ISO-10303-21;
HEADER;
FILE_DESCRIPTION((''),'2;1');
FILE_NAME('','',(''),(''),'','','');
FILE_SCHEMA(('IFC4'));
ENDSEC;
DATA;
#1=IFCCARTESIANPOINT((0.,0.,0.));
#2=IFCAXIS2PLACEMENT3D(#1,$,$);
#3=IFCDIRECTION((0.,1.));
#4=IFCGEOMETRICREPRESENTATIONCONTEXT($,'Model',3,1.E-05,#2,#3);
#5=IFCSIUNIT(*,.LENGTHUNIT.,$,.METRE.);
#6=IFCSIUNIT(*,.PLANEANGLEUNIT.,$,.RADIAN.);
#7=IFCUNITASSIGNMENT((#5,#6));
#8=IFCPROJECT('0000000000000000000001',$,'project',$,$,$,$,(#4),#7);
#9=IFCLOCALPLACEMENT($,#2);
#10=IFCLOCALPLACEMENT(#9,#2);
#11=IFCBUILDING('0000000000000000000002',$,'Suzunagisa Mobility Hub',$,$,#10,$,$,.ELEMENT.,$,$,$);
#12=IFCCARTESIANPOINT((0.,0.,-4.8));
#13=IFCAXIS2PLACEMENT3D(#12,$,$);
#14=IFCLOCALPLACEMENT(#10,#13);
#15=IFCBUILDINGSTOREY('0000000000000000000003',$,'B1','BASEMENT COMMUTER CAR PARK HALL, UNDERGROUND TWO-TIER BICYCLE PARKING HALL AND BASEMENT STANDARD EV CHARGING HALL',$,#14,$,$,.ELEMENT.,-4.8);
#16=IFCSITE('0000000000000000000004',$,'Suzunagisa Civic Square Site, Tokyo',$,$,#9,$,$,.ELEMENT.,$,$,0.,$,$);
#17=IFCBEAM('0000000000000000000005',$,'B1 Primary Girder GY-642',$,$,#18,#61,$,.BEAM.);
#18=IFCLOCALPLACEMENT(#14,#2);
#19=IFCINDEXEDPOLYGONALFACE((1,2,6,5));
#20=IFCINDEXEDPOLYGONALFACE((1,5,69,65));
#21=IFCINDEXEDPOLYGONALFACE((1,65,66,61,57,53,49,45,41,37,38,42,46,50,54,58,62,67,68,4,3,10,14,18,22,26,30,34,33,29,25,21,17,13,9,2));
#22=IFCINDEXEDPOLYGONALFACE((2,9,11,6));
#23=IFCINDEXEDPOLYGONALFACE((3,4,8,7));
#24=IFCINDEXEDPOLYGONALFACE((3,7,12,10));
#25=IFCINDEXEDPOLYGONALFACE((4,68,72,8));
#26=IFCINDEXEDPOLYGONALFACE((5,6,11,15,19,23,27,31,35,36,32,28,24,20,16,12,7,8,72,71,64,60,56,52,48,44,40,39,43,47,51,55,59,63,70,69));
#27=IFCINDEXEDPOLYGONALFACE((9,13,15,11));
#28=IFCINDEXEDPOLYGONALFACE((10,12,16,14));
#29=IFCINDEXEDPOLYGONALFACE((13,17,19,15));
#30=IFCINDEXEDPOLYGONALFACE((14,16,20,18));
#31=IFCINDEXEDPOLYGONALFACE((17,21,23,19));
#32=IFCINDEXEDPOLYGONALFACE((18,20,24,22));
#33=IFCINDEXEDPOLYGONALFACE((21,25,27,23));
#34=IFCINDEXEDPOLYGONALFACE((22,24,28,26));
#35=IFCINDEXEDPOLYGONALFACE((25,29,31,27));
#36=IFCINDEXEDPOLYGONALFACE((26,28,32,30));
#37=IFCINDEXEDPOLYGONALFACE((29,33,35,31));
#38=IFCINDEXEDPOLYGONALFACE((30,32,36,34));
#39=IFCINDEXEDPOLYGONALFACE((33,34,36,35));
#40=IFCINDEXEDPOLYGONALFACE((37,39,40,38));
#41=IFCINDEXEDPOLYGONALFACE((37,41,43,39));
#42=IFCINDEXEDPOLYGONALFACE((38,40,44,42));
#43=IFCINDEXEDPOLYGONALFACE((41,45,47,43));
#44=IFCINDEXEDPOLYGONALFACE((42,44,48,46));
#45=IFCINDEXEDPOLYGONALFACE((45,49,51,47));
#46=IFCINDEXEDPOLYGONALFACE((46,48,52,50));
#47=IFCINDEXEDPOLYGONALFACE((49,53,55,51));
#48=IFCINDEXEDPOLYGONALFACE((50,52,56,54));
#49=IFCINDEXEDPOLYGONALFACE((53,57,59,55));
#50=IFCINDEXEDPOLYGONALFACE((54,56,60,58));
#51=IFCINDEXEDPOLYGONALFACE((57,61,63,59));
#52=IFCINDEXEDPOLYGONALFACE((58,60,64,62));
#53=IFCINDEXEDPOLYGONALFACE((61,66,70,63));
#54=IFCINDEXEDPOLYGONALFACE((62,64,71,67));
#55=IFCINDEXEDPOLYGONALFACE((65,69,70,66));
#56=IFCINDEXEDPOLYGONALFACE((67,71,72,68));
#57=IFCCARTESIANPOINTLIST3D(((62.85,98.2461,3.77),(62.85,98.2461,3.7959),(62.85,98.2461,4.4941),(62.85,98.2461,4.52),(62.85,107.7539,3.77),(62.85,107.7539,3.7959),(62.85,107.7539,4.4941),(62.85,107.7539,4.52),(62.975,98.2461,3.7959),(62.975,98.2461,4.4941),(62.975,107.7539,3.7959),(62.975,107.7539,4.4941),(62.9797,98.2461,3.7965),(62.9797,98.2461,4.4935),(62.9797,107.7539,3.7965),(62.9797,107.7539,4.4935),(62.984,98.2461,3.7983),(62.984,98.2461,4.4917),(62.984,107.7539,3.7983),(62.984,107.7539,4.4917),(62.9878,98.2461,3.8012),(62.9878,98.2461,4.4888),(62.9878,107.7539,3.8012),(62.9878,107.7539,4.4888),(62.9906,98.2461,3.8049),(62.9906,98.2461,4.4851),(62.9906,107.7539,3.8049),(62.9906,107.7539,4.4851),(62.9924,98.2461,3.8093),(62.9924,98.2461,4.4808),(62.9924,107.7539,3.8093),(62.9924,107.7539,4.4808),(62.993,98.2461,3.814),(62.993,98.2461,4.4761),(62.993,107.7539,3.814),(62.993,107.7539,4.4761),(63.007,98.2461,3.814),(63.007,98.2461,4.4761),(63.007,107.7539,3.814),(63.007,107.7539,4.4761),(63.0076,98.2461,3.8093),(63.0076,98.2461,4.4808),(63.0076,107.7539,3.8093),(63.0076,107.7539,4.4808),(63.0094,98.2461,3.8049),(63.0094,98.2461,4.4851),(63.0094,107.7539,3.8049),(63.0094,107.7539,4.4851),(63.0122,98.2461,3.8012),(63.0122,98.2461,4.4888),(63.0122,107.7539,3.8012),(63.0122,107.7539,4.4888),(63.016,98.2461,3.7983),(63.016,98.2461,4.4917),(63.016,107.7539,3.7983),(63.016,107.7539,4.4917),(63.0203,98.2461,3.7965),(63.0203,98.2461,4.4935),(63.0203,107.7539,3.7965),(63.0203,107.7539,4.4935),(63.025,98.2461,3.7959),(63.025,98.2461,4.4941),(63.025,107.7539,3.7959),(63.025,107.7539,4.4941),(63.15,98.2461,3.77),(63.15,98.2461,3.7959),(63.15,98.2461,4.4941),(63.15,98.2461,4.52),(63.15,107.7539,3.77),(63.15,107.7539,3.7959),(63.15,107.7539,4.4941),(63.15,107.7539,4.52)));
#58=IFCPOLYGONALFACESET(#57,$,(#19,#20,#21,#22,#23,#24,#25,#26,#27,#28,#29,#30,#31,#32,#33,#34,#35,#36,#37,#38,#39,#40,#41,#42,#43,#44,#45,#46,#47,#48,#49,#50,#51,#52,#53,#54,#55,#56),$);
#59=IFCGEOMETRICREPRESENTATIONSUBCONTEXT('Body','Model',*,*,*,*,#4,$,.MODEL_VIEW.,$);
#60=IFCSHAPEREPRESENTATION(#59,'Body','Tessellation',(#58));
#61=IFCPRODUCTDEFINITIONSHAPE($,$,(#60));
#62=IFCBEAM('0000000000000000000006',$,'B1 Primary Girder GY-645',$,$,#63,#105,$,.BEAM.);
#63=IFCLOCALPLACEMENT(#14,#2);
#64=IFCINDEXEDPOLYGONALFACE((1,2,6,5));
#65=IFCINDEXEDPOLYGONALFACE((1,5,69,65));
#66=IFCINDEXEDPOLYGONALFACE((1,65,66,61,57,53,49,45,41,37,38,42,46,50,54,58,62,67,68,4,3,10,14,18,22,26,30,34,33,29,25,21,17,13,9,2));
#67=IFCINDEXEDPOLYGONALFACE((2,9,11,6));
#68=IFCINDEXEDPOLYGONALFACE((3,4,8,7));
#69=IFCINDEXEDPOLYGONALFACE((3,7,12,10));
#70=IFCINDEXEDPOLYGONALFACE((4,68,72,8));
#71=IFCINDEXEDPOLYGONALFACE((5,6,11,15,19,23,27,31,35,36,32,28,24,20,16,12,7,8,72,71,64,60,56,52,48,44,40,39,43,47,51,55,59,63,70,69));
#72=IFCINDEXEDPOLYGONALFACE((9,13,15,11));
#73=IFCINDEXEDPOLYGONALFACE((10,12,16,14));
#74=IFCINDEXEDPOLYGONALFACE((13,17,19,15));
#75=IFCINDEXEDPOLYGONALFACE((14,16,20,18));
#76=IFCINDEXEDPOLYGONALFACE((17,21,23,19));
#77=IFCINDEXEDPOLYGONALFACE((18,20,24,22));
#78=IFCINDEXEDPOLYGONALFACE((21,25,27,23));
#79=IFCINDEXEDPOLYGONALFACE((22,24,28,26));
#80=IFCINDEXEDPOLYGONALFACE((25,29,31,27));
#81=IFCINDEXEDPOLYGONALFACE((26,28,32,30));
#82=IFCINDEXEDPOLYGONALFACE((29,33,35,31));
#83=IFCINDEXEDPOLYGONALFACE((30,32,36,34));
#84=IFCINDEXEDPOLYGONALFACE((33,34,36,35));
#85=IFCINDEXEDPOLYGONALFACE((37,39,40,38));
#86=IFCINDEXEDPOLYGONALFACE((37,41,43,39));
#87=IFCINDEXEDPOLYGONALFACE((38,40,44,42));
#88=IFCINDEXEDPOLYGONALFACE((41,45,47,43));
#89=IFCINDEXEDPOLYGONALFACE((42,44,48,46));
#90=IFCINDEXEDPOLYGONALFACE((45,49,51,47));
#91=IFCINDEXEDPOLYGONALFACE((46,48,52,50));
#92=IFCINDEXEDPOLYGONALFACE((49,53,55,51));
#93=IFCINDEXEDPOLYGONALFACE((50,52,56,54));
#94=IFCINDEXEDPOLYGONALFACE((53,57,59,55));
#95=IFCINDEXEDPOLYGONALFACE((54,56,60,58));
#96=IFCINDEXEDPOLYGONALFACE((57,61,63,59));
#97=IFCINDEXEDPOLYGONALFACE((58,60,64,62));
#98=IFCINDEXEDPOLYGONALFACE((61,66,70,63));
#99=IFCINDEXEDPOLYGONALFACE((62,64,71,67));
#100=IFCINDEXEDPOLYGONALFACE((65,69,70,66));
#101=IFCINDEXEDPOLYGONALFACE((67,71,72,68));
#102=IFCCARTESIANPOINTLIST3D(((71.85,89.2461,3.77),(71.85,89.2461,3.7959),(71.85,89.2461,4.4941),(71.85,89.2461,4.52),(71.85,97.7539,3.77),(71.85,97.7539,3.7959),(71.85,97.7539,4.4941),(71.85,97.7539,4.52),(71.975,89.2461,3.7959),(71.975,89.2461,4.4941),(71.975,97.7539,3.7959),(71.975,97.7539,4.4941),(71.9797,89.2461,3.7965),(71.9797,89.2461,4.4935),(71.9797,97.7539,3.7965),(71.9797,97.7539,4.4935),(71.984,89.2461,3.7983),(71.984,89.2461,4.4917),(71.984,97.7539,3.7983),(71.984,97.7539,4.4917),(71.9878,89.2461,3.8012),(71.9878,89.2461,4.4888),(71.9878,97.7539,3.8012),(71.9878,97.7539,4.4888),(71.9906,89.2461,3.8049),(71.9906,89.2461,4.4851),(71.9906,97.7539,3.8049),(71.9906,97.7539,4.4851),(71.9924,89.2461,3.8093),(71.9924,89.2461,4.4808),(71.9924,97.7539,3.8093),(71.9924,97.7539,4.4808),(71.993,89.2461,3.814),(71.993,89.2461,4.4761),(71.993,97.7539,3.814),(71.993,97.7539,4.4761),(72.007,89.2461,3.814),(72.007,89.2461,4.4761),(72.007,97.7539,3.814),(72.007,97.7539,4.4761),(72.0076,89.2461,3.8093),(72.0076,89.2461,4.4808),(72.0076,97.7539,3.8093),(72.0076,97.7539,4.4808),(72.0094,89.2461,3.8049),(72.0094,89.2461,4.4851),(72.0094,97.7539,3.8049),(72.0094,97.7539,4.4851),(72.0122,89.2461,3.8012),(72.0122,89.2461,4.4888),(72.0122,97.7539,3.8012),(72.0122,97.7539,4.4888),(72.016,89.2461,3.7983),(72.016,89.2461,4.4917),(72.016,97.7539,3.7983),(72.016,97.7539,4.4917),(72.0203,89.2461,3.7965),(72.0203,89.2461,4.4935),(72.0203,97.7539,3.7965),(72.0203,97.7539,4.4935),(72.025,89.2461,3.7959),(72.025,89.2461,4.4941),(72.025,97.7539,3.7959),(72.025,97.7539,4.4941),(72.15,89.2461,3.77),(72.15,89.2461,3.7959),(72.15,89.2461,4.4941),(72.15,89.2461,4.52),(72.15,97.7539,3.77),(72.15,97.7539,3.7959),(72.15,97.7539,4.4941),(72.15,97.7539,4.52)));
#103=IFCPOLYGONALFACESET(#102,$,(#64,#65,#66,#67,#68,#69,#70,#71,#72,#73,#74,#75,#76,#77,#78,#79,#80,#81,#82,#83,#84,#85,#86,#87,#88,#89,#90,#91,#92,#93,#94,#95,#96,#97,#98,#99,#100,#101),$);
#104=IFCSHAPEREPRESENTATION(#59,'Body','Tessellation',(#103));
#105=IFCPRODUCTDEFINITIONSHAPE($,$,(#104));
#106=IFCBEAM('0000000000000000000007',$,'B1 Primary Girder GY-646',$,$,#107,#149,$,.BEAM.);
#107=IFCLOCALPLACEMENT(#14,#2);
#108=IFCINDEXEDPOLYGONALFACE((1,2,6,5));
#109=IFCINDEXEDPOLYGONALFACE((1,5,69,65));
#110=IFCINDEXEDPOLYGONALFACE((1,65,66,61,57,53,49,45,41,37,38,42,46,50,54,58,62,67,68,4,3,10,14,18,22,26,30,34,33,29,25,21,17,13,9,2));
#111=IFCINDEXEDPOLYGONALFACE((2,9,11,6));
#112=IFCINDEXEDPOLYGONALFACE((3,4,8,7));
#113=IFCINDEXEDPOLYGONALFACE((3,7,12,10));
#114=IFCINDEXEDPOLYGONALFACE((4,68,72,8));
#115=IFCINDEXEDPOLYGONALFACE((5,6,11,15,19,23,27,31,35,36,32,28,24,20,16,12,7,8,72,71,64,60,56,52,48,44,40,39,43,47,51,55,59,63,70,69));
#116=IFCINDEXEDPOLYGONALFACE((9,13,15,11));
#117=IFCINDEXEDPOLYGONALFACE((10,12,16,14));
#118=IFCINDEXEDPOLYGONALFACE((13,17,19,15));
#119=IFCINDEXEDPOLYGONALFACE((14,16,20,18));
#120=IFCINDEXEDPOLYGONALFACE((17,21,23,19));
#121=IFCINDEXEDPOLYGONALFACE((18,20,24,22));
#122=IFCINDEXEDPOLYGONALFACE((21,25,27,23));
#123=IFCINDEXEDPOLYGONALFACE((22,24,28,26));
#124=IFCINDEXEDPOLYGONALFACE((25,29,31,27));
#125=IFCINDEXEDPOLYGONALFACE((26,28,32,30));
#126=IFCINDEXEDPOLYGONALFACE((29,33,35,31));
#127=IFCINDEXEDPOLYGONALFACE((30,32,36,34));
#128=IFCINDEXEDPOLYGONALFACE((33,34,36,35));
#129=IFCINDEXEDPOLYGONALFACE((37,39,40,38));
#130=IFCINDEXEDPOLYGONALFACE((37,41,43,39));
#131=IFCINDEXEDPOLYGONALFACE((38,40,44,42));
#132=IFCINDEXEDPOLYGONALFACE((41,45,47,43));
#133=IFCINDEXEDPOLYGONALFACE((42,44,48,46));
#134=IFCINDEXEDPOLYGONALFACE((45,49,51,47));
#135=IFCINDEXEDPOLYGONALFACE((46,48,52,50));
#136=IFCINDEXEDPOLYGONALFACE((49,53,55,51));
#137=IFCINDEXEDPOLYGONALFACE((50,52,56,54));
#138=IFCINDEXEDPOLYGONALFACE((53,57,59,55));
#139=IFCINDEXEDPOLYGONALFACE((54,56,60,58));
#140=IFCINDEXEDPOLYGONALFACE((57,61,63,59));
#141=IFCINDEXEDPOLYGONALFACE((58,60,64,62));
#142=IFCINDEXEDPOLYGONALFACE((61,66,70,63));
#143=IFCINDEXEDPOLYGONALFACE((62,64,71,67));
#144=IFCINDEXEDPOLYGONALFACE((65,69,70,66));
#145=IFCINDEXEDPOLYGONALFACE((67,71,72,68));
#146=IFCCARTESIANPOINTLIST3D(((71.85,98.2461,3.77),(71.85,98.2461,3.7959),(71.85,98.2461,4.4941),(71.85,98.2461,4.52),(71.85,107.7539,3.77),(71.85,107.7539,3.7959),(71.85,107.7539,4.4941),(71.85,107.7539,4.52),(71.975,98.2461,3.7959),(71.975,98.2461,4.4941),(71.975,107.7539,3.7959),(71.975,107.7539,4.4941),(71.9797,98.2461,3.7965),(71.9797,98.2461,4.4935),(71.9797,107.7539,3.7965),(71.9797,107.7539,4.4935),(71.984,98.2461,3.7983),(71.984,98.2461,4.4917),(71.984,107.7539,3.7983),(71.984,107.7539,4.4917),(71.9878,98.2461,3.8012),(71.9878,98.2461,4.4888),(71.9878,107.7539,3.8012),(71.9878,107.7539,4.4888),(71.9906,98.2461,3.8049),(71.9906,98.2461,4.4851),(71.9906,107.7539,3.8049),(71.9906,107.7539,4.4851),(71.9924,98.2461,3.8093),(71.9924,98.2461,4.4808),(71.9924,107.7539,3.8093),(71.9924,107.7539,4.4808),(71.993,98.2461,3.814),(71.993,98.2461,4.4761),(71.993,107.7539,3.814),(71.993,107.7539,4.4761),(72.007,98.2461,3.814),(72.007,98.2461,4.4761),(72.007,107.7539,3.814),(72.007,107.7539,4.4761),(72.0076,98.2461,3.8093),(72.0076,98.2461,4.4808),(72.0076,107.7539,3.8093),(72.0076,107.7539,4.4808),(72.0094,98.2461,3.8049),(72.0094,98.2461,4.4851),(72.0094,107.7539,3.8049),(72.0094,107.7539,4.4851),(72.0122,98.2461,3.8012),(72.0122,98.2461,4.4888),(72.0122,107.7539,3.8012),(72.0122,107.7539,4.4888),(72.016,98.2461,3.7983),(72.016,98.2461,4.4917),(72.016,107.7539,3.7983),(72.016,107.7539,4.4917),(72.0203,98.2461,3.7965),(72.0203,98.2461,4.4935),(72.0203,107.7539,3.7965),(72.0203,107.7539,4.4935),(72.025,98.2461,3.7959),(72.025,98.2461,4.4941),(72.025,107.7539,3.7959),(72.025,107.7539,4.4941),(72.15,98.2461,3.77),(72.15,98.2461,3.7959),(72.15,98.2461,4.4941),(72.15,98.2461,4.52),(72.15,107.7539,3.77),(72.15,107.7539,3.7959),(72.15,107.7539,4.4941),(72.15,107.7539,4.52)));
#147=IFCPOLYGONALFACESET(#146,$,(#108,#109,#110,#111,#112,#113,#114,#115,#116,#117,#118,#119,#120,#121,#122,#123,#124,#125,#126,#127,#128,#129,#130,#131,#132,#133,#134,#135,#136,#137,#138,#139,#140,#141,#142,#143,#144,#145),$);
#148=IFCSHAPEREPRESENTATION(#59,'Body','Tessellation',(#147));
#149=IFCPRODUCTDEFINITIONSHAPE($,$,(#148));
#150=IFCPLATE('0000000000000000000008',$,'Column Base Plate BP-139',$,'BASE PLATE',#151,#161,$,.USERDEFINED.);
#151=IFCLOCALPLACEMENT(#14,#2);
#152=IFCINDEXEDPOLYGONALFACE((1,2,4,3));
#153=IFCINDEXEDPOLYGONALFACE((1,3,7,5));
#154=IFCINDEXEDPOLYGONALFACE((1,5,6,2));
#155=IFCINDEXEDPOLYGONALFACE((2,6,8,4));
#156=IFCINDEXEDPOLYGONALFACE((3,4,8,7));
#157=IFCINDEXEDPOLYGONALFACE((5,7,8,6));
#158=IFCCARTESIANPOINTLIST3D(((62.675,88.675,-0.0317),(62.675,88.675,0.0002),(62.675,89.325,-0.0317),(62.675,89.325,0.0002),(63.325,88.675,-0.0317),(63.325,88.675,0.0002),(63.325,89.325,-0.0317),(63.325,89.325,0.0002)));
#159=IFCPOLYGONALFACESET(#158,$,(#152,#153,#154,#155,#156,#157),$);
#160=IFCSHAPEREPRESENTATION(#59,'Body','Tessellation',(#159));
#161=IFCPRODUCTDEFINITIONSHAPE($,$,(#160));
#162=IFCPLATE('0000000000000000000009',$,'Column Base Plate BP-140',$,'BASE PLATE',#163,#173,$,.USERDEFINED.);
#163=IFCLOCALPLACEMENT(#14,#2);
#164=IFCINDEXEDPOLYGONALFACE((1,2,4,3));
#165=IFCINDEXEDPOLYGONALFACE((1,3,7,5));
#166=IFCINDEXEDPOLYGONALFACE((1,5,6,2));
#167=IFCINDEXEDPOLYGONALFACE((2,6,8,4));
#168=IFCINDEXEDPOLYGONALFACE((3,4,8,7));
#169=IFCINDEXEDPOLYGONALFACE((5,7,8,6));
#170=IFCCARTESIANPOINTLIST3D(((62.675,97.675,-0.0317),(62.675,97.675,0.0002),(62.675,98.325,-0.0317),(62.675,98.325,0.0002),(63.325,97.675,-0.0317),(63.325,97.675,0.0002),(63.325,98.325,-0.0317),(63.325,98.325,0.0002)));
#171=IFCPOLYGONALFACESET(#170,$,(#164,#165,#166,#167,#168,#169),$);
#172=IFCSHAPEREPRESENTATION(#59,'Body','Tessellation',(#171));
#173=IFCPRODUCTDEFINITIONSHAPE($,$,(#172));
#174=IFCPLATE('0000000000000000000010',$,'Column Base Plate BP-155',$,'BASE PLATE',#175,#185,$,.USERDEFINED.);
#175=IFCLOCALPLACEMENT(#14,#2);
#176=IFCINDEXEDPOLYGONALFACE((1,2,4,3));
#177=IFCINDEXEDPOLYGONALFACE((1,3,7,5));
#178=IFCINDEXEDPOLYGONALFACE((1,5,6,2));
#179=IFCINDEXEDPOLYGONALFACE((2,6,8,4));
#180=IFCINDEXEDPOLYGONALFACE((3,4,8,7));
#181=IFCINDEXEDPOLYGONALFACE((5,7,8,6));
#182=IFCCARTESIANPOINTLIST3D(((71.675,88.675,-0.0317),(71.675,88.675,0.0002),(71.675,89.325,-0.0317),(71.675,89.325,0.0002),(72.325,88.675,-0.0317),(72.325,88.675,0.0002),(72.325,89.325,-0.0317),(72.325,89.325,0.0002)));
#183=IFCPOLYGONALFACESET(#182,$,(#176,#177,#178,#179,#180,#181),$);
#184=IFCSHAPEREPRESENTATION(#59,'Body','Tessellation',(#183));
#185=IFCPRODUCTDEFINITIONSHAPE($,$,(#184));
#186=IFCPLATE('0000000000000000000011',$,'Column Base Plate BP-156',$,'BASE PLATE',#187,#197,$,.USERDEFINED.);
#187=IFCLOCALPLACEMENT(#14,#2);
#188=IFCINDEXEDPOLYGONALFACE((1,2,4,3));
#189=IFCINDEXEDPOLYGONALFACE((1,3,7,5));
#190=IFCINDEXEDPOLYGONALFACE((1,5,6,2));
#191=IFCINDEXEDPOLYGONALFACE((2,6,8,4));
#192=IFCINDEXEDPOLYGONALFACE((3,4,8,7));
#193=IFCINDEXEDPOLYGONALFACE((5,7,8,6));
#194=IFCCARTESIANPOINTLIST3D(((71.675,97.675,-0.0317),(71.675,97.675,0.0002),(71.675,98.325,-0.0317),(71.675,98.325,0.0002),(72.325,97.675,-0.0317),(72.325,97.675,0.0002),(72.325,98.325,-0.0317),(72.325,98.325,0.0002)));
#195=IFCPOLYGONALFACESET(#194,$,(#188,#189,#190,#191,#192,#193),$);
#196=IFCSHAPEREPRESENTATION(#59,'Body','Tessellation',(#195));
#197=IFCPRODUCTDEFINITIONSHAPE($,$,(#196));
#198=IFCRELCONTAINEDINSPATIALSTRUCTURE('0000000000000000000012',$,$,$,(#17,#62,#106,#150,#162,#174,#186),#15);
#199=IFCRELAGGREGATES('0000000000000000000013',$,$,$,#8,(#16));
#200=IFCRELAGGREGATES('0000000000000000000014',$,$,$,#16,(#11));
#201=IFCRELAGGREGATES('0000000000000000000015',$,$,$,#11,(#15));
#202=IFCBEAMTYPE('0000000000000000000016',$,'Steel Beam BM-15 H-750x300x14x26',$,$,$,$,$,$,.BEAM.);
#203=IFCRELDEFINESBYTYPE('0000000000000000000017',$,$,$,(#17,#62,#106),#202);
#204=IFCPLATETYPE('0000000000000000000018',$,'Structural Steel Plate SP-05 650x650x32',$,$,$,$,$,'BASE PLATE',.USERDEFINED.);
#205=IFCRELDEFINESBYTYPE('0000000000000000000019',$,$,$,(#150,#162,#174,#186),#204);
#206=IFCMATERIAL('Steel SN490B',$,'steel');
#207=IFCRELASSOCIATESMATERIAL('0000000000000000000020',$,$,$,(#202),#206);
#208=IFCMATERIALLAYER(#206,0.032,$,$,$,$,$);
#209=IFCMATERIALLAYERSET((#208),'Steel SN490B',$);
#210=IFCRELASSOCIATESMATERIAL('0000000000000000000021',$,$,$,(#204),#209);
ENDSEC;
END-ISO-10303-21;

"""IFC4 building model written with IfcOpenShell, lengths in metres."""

from ifc_helpers import new_model, si_unit, direction, frame, origin, origin_2d, place, context, subcontext, project, spatial, rectangle, i_section, extrude, material, layer, layer_set, material_profile, profile_set, type_object, element, save


model = new_model("IFC4")

# Units and contexts
model_context = context("Model", 3, precision=1e-05, world=origin(), true_north=direction((0.0, 1.0)))
body_context = subcontext(model_context, "Body", "Model", "MODEL_VIEW")
ifc_project = project(units=[si_unit("LENGTHUNIT", "METRE"), si_unit("PLANEANGLEUNIT", "RADIAN")], contexts=[model_context])

# Site, building, storey
site_placement = place(None, origin())
site = spatial("IfcSite", under=ifc_project, at=site_placement, Name="Suzunagisa Civic Square Site, Tokyo", CompositionType="ELEMENT", RefElevation=0.0)
building_placement = place(site_placement, origin())
building = spatial("IfcBuilding", under=site, at=building_placement, Name="Suzunagisa Mobility Hub", CompositionType="ELEMENT")
storey_placement = place(building_placement, frame((0.0, 0.0, -4.8)))
storey = spatial("IfcBuildingStorey", under=building, at=storey_placement, Name="B1", Description="BASEMENT COMMUTER CAR PARK HALL, UNDERGROUND TWO-TIER BICYCLE PARKING HALL AND BASEMENT STANDARD EV CHARGING HALL", CompositionType="ELEMENT", Elevation=-4.8)

# Shared definitions
ifc_material_1 = material(Name="Steel SN490B", Category="steel")

# Beams
ifc_material_profile_1 = material_profile(ifc_material_1, i_section(OverallWidth=0.3, OverallDepth=0.75, WebThickness=0.0139, FlangeThickness=0.0259, FilletRadius=0.0181, at=origin_2d()), Name="H-750x300x14x26")
ifc_profile_set_1 = profile_set([ifc_material_profile_1], Name="Steel SN490B")
beam_type_1 = type_object("IfcBeamType", Name="Steel Beam BM-15 H-750x300x14x26", PredefinedType="BEAM", material=ifc_profile_set_1)
beam_1_placement = place(storey_placement, frame((63.0, 98.2461, 4.145), z_axis=(0.0, 1.0, 0.0), x_axis=(-1.0, 0.0, 0.0)))
element("IfcBeam", 1, at=beam_1_placement, inside=storey, type_object=beam_type_1, Name="B1 Primary Girder GY-642", PredefinedType="BEAM", context=body_context, shape_type="SweptSolid", body=[
    extrude(i_section(OverallWidth=0.3, OverallDepth=0.75, WebThickness=0.0139, FlangeThickness=0.0259, FilletRadius=0.0181, at=origin_2d()), origin(), (0.0, 0.0, 1.0), 9.5078),
])
beam_2_placement = place(storey_placement, frame((72.0, 89.2461, 4.145), z_axis=(0.0, 1.0, 0.0), x_axis=(-1.0, 0.0, 0.0)))
element("IfcBeam", 2, at=beam_2_placement, inside=storey, type_object=beam_type_1, Name="B1 Primary Girder GY-645", PredefinedType="BEAM", context=body_context, shape_type="SweptSolid", body=[
    extrude(i_section(OverallWidth=0.3, OverallDepth=0.75, WebThickness=0.0139, FlangeThickness=0.0259, FilletRadius=0.0181, at=origin_2d()), origin(), (0.0, 0.0, 1.0), 8.5078),
])
beam_3_placement = place(storey_placement, frame((72.0, 98.2461, 4.145), z_axis=(0.0, 1.0, 0.0), x_axis=(-1.0, 0.0, 0.0)))
element("IfcBeam", 3, at=beam_3_placement, inside=storey, type_object=beam_type_1, Name="B1 Primary Girder GY-646", PredefinedType="BEAM", context=body_context, shape_type="SweptSolid", body=[
    extrude(i_section(OverallWidth=0.3, OverallDepth=0.75, WebThickness=0.0139, FlangeThickness=0.0259, FilletRadius=0.0181, at=origin_2d()), origin(), (0.0, 0.0, 1.0), 9.5078),
])

# Plates
ifc_layer = layer(ifc_material_1, 0.032)
ifc_layer_set = layer_set([ifc_layer], Name="Steel SN490B")
plate_type = type_object("IfcPlateType", Name="Structural Steel Plate SP-05 650x650x32", ElementType="BASE PLATE", PredefinedType="USERDEFINED", material=ifc_layer_set)
for number, where, z_axis, x_axis, name in (
    (4, (63.0, 89.0, -0.0317), (0.0, 0.0, 1.0), (1.0, 0.0, 0.0), "Column Base Plate BP-139"),
    (5, (63.0, 98.0, -0.0317), (0.0, 0.0, 1.0), (1.0, 0.0, 0.0), "Column Base Plate BP-140"),
    (6, (72.0, 89.0, -0.0317), (0.0, 0.0, 1.0), (1.0, 0.0, 0.0), "Column Base Plate BP-155"),
    (7, (72.0, 98.0, -0.0317), (0.0, 0.0, 1.0), (1.0, 0.0, 0.0), "Column Base Plate BP-156"),
):
    element("IfcPlate", number, at=place(storey_placement, frame(where, z_axis=z_axis, x_axis=x_axis)), inside=storey, type_object=plate_type, Name=name, ObjectType="BASE PLATE", PredefinedType="USERDEFINED", context=body_context, shape_type="SweptSolid", body=[
        extrude(rectangle(XDim=0.6499, YDim=0.6499, at=origin_2d()), origin(), (0.0, 0.0, 1.0), 0.032),
    ])

save(model, "model.ifc")
